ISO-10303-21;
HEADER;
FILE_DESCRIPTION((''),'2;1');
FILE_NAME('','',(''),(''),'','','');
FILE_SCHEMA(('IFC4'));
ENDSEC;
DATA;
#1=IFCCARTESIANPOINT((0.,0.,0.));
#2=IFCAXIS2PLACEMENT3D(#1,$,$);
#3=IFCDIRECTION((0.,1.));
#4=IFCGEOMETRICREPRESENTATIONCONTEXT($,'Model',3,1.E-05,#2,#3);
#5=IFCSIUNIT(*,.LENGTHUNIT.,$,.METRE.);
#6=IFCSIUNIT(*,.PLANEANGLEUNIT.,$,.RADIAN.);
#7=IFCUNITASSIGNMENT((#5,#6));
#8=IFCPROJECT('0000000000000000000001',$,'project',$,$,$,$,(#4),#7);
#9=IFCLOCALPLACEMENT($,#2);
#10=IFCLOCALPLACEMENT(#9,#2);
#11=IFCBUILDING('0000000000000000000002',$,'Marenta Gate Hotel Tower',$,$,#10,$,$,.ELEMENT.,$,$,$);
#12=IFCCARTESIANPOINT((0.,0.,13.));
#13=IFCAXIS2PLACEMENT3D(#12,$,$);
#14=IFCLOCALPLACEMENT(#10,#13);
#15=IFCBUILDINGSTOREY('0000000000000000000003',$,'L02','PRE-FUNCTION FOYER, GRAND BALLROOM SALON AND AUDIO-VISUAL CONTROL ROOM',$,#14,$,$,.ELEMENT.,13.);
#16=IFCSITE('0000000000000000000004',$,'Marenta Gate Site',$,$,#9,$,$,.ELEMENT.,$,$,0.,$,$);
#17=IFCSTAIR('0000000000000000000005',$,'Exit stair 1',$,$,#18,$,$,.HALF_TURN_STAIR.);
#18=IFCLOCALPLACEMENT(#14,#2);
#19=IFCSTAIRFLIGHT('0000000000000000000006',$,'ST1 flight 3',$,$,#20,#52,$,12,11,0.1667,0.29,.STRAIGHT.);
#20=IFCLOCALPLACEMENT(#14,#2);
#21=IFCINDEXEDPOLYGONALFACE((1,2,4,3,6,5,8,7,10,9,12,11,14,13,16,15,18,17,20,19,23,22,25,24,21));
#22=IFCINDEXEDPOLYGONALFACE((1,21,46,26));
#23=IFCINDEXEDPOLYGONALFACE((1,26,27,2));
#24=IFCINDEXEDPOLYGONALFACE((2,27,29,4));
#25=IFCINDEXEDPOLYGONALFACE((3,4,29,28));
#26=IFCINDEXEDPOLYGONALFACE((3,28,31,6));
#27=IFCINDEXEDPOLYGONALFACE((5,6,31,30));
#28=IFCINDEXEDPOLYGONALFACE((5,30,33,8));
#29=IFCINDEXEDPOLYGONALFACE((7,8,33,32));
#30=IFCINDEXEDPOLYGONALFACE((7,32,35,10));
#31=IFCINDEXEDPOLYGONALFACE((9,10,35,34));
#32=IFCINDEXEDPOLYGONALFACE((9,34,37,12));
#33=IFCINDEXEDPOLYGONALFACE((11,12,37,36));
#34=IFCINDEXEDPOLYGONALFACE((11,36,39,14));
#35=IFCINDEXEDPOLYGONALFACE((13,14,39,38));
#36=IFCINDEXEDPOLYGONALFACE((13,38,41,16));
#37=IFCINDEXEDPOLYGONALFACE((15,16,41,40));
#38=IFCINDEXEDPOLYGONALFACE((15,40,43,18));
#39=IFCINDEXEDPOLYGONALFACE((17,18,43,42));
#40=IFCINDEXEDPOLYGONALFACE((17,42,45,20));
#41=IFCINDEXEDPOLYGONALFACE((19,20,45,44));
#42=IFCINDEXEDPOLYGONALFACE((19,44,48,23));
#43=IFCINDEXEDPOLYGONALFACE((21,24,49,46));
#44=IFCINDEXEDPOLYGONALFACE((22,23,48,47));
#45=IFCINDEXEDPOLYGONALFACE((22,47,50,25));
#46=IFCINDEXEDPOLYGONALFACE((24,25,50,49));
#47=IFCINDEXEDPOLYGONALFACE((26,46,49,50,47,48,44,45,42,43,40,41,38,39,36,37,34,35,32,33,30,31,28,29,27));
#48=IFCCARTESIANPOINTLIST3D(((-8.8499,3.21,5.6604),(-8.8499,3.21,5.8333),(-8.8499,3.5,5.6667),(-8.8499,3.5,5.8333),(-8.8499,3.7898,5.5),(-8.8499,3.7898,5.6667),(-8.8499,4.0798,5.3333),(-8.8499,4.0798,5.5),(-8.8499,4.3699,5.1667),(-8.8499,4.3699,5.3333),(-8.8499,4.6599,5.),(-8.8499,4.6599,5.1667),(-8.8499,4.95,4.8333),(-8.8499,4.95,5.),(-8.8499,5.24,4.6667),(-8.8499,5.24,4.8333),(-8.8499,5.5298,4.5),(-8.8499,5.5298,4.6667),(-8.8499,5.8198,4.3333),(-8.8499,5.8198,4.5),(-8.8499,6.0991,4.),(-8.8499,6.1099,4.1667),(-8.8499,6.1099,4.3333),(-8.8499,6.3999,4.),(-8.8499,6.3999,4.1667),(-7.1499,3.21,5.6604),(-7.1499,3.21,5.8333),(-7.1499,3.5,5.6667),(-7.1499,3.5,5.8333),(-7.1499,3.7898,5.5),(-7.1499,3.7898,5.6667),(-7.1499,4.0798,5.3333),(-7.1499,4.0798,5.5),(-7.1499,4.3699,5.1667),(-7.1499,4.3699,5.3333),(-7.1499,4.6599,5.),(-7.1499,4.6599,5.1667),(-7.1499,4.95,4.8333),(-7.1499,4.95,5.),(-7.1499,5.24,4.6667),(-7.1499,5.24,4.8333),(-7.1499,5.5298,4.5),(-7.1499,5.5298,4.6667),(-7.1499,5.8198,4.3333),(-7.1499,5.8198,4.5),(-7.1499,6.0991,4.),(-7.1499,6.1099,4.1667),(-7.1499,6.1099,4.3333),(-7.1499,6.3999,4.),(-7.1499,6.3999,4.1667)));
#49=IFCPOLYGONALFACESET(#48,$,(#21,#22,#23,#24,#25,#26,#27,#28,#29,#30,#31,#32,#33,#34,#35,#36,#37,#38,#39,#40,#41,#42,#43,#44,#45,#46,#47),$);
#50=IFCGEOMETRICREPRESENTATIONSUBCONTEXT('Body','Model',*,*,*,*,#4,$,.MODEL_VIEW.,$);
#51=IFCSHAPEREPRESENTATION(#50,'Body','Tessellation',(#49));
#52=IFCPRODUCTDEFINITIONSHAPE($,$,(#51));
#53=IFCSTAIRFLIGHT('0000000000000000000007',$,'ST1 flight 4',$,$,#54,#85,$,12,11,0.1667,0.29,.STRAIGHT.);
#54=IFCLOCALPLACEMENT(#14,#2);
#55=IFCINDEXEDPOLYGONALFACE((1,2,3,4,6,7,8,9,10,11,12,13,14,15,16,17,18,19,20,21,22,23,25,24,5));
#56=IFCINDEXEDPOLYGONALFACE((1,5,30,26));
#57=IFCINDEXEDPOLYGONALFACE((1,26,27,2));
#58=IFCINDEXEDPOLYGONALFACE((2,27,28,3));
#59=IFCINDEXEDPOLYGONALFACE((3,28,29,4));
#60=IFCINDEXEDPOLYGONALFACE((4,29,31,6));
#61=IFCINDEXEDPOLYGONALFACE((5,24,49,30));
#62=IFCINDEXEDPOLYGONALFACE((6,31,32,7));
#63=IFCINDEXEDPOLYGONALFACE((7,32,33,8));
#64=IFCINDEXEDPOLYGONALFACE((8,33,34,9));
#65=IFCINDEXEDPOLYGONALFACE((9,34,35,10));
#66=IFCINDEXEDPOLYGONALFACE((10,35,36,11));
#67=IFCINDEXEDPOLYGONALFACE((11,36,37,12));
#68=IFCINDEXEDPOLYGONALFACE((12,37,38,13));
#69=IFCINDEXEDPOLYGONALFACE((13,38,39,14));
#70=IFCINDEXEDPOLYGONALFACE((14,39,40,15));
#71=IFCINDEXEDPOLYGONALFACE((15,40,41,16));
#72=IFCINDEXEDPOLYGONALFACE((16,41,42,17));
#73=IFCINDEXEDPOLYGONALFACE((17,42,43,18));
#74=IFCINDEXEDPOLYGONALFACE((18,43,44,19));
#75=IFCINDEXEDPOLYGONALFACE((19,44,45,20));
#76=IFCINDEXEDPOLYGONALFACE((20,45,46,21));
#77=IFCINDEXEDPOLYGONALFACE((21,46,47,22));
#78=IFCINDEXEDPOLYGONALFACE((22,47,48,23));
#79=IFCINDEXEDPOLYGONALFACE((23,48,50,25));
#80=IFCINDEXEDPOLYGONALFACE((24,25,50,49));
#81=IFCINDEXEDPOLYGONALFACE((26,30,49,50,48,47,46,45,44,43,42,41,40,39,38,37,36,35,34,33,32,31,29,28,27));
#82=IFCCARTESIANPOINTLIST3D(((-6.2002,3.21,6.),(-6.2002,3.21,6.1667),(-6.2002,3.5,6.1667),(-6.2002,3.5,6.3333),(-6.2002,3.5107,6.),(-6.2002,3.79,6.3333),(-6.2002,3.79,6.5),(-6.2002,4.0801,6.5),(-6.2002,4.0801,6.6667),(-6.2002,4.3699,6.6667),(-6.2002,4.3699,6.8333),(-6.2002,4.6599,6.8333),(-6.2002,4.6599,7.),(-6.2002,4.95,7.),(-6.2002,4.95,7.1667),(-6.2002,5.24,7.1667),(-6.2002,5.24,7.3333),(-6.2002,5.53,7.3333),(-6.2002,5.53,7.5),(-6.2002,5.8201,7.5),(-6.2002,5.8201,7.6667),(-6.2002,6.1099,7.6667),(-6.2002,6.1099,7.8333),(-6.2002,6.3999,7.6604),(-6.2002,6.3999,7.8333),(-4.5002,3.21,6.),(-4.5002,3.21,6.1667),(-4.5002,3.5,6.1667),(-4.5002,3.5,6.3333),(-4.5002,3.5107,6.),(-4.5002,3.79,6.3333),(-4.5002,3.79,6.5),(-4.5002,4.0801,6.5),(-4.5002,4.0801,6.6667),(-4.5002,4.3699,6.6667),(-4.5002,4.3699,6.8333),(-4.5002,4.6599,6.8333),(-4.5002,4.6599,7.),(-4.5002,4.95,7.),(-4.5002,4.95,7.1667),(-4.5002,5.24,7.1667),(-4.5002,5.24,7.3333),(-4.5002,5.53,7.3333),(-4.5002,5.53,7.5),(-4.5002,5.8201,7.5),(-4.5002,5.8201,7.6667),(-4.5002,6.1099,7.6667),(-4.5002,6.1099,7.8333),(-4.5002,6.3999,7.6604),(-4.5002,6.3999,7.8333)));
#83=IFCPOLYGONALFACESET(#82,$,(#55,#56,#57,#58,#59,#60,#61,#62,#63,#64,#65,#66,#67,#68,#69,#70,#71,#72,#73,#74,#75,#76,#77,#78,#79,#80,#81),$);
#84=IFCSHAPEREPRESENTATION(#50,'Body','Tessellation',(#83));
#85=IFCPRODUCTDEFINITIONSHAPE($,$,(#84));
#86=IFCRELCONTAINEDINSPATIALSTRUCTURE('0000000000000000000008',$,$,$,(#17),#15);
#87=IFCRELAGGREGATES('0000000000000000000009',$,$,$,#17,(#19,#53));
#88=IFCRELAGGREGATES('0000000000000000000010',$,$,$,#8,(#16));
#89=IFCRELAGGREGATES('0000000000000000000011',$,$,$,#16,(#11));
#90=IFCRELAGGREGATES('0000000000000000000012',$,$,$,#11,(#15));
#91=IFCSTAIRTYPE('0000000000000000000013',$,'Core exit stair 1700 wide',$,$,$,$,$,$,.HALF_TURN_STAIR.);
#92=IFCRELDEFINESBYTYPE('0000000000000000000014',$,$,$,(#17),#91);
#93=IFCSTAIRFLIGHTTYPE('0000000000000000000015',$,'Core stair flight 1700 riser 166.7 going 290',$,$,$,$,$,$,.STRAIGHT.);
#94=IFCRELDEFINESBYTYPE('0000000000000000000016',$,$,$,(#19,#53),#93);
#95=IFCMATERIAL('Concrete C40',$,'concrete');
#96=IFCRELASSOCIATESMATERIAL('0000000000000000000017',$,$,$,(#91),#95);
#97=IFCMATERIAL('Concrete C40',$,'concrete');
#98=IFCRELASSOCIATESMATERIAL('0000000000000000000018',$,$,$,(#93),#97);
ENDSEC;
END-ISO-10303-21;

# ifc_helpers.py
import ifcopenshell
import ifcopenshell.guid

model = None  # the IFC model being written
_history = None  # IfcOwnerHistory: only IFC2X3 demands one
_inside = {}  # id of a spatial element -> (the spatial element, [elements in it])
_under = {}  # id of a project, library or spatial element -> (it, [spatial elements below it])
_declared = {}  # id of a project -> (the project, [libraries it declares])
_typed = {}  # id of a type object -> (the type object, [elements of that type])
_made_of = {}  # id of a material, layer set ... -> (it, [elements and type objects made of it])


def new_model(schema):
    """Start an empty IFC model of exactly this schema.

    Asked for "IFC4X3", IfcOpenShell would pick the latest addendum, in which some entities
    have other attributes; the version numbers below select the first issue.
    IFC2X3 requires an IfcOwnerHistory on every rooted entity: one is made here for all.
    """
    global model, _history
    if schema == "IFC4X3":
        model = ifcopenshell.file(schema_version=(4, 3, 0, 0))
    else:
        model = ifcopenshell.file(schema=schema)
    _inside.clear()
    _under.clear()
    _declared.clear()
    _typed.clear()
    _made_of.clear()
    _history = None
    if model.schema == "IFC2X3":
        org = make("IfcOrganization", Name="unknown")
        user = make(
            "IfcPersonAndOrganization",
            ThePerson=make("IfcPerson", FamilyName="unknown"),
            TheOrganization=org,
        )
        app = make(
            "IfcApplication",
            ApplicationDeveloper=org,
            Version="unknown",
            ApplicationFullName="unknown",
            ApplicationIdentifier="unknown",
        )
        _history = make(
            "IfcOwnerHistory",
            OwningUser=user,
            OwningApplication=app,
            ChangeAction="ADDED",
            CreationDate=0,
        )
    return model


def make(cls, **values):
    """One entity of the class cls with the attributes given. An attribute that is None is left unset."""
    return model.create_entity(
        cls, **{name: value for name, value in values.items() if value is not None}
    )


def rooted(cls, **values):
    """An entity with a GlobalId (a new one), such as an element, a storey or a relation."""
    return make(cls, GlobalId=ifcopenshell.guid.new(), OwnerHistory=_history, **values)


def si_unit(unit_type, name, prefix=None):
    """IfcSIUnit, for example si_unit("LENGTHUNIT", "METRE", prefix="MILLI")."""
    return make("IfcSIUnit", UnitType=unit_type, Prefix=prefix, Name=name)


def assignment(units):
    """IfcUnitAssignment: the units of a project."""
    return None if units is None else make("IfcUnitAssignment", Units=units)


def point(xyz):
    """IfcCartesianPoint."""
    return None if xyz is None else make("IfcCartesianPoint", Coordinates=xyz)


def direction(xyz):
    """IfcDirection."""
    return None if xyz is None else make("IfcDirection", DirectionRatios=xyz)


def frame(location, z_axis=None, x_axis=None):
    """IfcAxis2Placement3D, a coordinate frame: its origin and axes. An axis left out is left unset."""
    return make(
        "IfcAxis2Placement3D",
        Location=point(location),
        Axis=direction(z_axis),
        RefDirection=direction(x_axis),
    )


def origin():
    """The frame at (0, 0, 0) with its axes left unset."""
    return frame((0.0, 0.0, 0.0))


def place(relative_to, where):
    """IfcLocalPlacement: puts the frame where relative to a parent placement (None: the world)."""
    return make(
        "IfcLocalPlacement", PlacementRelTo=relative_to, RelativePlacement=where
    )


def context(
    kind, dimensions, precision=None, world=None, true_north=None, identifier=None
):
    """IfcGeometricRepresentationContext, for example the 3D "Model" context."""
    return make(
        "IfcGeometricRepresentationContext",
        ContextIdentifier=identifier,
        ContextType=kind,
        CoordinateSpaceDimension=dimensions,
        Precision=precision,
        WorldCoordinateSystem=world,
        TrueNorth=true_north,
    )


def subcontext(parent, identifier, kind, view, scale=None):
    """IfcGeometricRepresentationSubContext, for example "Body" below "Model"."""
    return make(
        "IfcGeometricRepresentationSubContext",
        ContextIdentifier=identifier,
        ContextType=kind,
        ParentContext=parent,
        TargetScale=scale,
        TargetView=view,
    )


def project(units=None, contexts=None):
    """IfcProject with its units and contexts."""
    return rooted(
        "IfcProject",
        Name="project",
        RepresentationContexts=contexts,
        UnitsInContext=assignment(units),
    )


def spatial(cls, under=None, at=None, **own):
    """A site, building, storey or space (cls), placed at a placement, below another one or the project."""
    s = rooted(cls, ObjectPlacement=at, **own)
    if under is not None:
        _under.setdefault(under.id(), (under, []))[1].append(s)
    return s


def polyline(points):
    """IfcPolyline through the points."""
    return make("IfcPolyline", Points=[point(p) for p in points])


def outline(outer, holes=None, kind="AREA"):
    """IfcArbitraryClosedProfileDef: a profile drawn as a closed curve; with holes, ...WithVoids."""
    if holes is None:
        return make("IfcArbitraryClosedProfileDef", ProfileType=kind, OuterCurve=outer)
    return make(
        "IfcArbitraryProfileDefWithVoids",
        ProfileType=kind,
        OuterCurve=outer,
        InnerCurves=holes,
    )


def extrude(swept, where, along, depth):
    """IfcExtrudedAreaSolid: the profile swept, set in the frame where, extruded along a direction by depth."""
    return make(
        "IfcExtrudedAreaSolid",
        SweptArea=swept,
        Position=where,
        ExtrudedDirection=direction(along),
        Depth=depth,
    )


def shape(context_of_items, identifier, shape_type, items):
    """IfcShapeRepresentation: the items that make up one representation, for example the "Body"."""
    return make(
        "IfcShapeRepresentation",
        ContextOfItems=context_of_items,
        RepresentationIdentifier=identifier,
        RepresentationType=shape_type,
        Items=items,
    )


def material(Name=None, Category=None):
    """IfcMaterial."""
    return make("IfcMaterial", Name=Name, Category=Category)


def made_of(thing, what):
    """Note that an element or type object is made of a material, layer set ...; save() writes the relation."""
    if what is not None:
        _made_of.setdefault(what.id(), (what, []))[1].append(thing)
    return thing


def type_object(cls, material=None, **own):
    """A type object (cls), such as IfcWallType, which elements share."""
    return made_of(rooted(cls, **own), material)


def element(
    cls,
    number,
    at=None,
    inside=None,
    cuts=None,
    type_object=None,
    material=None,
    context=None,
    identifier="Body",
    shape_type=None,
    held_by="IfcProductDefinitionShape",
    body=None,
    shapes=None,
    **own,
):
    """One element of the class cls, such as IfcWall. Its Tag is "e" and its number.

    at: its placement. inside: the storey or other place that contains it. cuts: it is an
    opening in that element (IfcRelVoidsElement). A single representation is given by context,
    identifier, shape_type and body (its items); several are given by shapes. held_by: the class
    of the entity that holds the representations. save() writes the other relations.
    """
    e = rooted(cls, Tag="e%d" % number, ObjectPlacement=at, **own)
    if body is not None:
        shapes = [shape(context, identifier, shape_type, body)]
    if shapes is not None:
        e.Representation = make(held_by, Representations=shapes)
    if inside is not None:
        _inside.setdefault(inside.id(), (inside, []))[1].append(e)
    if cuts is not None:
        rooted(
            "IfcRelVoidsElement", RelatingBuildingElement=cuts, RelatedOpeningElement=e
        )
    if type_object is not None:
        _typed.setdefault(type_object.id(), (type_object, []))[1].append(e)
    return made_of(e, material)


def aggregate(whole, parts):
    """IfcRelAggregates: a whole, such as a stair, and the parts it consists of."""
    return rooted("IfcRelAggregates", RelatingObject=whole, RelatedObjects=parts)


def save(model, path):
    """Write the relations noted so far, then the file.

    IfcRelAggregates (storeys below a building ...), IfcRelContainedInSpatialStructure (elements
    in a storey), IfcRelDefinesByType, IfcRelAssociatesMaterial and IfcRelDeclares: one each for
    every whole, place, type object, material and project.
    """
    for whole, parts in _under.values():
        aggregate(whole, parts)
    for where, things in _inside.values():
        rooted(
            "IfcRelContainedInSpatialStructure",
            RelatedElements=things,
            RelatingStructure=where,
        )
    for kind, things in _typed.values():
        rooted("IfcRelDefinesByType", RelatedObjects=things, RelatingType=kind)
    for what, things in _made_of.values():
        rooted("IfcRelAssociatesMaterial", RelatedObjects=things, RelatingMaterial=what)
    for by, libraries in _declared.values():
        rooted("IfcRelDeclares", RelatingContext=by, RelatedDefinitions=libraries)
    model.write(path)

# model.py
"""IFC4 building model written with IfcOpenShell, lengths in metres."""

from ifc_helpers import new_model, si_unit, direction, frame, origin, place, context, subcontext, project, spatial, polyline, outline, extrude, material, type_object, element, aggregate, save


model = new_model("IFC4")

# Units and contexts
model_context = context("Model", 3, precision=1e-05, world=origin(), true_north=direction((0.0, 1.0)))
body_context = subcontext(model_context, "Body", "Model", "MODEL_VIEW")
ifc_project = project(units=[si_unit("LENGTHUNIT", "METRE"), si_unit("PLANEANGLEUNIT", "RADIAN")], contexts=[model_context])

# Site, building, storey
site_placement = place(None, origin())
site = spatial("IfcSite", under=ifc_project, at=site_placement, Name="Marenta Gate Site", CompositionType="ELEMENT", RefElevation=0.0)
building_placement = place(site_placement, origin())
building = spatial("IfcBuilding", under=site, at=building_placement, Name="Marenta Gate Hotel Tower", CompositionType="ELEMENT")
storey_placement = place(building_placement, frame((0.0, 0.0, 13.0)))
storey = spatial("IfcBuildingStorey", under=building, at=storey_placement, Name="L02", Description="PRE-FUNCTION FOYER, GRAND BALLROOM SALON AND AUDIO-VISUAL CONTROL ROOM", CompositionType="ELEMENT", Elevation=13.0)

# Stair, stair flights
ifc_material_1 = material(Name="Concrete C40", Category="concrete")
stair_type = type_object("IfcStairType", Name="Core exit stair 1700 wide", PredefinedType="HALF_TURN_STAIR", material=ifc_material_1)
stair_placement = place(storey_placement, origin())
stair = element("IfcStair", 1, at=stair_placement, inside=storey, type_object=stair_type, Name="Exit stair 1", PredefinedType="HALF_TURN_STAIR")
ifc_material_2 = material(Name="Concrete C40", Category="concrete")
stair_flight_type = type_object("IfcStairFlightType", Name="Core stair flight 1700 riser 166.7 going 290", PredefinedType="STRAIGHT", material=ifc_material_2)
stair_flight_1_placement = place(storey_placement, frame((-8.0, 6.3999, 4.0), z_axis=(0.0, 0.0, 1.0), x_axis=(0.0, -1.0, 0.0)))
stair_flight_1 = element("IfcStairFlight", 2, at=stair_flight_1_placement, type_object=stair_flight_type, Name="ST1 flight 3", NumberOfRisers=12, NumberOfTreads=11, PredefinedType="STRAIGHT", RiserHeight=0.1667, TreadLength=0.29, context=body_context, shape_type="SweptSolid", body=[
    extrude(outline(polyline([(0.0, 0.0), (0.0, 0.1667), (0.29, 0.1667), (0.29, 0.3333), (0.5801, 0.3333), (0.5801, 0.5), (0.8701, 0.5), (0.8701, 0.6667), (1.1599, 0.6667), (1.1599, 0.8333), (1.45, 0.8333), (1.45, 1.0), (1.74, 1.0), (1.74, 1.1667), (2.03, 1.1667), (2.03, 1.3333), (2.3201, 1.3333), (2.3201, 1.5), (2.6101, 1.5), (2.6101, 1.6667), (2.8999, 1.6667), (2.8999, 1.8333), (3.1899, 1.8333), (3.1899, 2.0), (3.1899, 1.6604), (0.3008, 0.0), (0.0, 0.0)])), frame((0.0, 0.8501, 0.0), z_axis=(0.0, -1.0, 0.0), x_axis=(1.0, 0.0, 0.0)), (0.0, 0.0, 1.0), 1.7),
])
stair_flight_2_placement = place(storey_placement, frame((-5.3501, 3.21, 6.0), z_axis=(0.0, 0.0, 1.0), x_axis=(0.0, 1.0, 0.0)))
stair_flight_2 = element("IfcStairFlight", 3, at=stair_flight_2_placement, type_object=stair_flight_type, Name="ST1 flight 4", NumberOfRisers=12, NumberOfTreads=11, PredefinedType="STRAIGHT", RiserHeight=0.1667, TreadLength=0.29, context=body_context, shape_type="SweptSolid", body=[
    extrude(outline(polyline([(0.0, 0.0), (0.0, 0.1667), (0.29, 0.1667), (0.29, 0.3333), (0.5801, 0.3333), (0.5801, 0.5), (0.8701, 0.5), (0.8701, 0.6667), (1.1599, 0.6667), (1.1599, 0.8333), (1.45, 0.8333), (1.45, 1.0), (1.74, 1.0), (1.74, 1.1667), (2.03, 1.1667), (2.03, 1.3333), (2.3201, 1.3333), (2.3201, 1.5), (2.6101, 1.5), (2.6101, 1.6667), (2.8999, 1.6667), (2.8999, 1.8333), (3.1899, 1.8333), (3.1899, 2.0), (3.1899, 1.6604), (0.3008, 0.0), (0.0, 0.0)])), frame((0.0, 0.8501, 0.0), z_axis=(0.0, -1.0, 0.0), x_axis=(1.0, 0.0, 0.0)), (0.0, 0.0, 1.0), 1.7),
])
aggregate(stair, [stair_flight_1, stair_flight_2])

save(model, "model.ifc")
